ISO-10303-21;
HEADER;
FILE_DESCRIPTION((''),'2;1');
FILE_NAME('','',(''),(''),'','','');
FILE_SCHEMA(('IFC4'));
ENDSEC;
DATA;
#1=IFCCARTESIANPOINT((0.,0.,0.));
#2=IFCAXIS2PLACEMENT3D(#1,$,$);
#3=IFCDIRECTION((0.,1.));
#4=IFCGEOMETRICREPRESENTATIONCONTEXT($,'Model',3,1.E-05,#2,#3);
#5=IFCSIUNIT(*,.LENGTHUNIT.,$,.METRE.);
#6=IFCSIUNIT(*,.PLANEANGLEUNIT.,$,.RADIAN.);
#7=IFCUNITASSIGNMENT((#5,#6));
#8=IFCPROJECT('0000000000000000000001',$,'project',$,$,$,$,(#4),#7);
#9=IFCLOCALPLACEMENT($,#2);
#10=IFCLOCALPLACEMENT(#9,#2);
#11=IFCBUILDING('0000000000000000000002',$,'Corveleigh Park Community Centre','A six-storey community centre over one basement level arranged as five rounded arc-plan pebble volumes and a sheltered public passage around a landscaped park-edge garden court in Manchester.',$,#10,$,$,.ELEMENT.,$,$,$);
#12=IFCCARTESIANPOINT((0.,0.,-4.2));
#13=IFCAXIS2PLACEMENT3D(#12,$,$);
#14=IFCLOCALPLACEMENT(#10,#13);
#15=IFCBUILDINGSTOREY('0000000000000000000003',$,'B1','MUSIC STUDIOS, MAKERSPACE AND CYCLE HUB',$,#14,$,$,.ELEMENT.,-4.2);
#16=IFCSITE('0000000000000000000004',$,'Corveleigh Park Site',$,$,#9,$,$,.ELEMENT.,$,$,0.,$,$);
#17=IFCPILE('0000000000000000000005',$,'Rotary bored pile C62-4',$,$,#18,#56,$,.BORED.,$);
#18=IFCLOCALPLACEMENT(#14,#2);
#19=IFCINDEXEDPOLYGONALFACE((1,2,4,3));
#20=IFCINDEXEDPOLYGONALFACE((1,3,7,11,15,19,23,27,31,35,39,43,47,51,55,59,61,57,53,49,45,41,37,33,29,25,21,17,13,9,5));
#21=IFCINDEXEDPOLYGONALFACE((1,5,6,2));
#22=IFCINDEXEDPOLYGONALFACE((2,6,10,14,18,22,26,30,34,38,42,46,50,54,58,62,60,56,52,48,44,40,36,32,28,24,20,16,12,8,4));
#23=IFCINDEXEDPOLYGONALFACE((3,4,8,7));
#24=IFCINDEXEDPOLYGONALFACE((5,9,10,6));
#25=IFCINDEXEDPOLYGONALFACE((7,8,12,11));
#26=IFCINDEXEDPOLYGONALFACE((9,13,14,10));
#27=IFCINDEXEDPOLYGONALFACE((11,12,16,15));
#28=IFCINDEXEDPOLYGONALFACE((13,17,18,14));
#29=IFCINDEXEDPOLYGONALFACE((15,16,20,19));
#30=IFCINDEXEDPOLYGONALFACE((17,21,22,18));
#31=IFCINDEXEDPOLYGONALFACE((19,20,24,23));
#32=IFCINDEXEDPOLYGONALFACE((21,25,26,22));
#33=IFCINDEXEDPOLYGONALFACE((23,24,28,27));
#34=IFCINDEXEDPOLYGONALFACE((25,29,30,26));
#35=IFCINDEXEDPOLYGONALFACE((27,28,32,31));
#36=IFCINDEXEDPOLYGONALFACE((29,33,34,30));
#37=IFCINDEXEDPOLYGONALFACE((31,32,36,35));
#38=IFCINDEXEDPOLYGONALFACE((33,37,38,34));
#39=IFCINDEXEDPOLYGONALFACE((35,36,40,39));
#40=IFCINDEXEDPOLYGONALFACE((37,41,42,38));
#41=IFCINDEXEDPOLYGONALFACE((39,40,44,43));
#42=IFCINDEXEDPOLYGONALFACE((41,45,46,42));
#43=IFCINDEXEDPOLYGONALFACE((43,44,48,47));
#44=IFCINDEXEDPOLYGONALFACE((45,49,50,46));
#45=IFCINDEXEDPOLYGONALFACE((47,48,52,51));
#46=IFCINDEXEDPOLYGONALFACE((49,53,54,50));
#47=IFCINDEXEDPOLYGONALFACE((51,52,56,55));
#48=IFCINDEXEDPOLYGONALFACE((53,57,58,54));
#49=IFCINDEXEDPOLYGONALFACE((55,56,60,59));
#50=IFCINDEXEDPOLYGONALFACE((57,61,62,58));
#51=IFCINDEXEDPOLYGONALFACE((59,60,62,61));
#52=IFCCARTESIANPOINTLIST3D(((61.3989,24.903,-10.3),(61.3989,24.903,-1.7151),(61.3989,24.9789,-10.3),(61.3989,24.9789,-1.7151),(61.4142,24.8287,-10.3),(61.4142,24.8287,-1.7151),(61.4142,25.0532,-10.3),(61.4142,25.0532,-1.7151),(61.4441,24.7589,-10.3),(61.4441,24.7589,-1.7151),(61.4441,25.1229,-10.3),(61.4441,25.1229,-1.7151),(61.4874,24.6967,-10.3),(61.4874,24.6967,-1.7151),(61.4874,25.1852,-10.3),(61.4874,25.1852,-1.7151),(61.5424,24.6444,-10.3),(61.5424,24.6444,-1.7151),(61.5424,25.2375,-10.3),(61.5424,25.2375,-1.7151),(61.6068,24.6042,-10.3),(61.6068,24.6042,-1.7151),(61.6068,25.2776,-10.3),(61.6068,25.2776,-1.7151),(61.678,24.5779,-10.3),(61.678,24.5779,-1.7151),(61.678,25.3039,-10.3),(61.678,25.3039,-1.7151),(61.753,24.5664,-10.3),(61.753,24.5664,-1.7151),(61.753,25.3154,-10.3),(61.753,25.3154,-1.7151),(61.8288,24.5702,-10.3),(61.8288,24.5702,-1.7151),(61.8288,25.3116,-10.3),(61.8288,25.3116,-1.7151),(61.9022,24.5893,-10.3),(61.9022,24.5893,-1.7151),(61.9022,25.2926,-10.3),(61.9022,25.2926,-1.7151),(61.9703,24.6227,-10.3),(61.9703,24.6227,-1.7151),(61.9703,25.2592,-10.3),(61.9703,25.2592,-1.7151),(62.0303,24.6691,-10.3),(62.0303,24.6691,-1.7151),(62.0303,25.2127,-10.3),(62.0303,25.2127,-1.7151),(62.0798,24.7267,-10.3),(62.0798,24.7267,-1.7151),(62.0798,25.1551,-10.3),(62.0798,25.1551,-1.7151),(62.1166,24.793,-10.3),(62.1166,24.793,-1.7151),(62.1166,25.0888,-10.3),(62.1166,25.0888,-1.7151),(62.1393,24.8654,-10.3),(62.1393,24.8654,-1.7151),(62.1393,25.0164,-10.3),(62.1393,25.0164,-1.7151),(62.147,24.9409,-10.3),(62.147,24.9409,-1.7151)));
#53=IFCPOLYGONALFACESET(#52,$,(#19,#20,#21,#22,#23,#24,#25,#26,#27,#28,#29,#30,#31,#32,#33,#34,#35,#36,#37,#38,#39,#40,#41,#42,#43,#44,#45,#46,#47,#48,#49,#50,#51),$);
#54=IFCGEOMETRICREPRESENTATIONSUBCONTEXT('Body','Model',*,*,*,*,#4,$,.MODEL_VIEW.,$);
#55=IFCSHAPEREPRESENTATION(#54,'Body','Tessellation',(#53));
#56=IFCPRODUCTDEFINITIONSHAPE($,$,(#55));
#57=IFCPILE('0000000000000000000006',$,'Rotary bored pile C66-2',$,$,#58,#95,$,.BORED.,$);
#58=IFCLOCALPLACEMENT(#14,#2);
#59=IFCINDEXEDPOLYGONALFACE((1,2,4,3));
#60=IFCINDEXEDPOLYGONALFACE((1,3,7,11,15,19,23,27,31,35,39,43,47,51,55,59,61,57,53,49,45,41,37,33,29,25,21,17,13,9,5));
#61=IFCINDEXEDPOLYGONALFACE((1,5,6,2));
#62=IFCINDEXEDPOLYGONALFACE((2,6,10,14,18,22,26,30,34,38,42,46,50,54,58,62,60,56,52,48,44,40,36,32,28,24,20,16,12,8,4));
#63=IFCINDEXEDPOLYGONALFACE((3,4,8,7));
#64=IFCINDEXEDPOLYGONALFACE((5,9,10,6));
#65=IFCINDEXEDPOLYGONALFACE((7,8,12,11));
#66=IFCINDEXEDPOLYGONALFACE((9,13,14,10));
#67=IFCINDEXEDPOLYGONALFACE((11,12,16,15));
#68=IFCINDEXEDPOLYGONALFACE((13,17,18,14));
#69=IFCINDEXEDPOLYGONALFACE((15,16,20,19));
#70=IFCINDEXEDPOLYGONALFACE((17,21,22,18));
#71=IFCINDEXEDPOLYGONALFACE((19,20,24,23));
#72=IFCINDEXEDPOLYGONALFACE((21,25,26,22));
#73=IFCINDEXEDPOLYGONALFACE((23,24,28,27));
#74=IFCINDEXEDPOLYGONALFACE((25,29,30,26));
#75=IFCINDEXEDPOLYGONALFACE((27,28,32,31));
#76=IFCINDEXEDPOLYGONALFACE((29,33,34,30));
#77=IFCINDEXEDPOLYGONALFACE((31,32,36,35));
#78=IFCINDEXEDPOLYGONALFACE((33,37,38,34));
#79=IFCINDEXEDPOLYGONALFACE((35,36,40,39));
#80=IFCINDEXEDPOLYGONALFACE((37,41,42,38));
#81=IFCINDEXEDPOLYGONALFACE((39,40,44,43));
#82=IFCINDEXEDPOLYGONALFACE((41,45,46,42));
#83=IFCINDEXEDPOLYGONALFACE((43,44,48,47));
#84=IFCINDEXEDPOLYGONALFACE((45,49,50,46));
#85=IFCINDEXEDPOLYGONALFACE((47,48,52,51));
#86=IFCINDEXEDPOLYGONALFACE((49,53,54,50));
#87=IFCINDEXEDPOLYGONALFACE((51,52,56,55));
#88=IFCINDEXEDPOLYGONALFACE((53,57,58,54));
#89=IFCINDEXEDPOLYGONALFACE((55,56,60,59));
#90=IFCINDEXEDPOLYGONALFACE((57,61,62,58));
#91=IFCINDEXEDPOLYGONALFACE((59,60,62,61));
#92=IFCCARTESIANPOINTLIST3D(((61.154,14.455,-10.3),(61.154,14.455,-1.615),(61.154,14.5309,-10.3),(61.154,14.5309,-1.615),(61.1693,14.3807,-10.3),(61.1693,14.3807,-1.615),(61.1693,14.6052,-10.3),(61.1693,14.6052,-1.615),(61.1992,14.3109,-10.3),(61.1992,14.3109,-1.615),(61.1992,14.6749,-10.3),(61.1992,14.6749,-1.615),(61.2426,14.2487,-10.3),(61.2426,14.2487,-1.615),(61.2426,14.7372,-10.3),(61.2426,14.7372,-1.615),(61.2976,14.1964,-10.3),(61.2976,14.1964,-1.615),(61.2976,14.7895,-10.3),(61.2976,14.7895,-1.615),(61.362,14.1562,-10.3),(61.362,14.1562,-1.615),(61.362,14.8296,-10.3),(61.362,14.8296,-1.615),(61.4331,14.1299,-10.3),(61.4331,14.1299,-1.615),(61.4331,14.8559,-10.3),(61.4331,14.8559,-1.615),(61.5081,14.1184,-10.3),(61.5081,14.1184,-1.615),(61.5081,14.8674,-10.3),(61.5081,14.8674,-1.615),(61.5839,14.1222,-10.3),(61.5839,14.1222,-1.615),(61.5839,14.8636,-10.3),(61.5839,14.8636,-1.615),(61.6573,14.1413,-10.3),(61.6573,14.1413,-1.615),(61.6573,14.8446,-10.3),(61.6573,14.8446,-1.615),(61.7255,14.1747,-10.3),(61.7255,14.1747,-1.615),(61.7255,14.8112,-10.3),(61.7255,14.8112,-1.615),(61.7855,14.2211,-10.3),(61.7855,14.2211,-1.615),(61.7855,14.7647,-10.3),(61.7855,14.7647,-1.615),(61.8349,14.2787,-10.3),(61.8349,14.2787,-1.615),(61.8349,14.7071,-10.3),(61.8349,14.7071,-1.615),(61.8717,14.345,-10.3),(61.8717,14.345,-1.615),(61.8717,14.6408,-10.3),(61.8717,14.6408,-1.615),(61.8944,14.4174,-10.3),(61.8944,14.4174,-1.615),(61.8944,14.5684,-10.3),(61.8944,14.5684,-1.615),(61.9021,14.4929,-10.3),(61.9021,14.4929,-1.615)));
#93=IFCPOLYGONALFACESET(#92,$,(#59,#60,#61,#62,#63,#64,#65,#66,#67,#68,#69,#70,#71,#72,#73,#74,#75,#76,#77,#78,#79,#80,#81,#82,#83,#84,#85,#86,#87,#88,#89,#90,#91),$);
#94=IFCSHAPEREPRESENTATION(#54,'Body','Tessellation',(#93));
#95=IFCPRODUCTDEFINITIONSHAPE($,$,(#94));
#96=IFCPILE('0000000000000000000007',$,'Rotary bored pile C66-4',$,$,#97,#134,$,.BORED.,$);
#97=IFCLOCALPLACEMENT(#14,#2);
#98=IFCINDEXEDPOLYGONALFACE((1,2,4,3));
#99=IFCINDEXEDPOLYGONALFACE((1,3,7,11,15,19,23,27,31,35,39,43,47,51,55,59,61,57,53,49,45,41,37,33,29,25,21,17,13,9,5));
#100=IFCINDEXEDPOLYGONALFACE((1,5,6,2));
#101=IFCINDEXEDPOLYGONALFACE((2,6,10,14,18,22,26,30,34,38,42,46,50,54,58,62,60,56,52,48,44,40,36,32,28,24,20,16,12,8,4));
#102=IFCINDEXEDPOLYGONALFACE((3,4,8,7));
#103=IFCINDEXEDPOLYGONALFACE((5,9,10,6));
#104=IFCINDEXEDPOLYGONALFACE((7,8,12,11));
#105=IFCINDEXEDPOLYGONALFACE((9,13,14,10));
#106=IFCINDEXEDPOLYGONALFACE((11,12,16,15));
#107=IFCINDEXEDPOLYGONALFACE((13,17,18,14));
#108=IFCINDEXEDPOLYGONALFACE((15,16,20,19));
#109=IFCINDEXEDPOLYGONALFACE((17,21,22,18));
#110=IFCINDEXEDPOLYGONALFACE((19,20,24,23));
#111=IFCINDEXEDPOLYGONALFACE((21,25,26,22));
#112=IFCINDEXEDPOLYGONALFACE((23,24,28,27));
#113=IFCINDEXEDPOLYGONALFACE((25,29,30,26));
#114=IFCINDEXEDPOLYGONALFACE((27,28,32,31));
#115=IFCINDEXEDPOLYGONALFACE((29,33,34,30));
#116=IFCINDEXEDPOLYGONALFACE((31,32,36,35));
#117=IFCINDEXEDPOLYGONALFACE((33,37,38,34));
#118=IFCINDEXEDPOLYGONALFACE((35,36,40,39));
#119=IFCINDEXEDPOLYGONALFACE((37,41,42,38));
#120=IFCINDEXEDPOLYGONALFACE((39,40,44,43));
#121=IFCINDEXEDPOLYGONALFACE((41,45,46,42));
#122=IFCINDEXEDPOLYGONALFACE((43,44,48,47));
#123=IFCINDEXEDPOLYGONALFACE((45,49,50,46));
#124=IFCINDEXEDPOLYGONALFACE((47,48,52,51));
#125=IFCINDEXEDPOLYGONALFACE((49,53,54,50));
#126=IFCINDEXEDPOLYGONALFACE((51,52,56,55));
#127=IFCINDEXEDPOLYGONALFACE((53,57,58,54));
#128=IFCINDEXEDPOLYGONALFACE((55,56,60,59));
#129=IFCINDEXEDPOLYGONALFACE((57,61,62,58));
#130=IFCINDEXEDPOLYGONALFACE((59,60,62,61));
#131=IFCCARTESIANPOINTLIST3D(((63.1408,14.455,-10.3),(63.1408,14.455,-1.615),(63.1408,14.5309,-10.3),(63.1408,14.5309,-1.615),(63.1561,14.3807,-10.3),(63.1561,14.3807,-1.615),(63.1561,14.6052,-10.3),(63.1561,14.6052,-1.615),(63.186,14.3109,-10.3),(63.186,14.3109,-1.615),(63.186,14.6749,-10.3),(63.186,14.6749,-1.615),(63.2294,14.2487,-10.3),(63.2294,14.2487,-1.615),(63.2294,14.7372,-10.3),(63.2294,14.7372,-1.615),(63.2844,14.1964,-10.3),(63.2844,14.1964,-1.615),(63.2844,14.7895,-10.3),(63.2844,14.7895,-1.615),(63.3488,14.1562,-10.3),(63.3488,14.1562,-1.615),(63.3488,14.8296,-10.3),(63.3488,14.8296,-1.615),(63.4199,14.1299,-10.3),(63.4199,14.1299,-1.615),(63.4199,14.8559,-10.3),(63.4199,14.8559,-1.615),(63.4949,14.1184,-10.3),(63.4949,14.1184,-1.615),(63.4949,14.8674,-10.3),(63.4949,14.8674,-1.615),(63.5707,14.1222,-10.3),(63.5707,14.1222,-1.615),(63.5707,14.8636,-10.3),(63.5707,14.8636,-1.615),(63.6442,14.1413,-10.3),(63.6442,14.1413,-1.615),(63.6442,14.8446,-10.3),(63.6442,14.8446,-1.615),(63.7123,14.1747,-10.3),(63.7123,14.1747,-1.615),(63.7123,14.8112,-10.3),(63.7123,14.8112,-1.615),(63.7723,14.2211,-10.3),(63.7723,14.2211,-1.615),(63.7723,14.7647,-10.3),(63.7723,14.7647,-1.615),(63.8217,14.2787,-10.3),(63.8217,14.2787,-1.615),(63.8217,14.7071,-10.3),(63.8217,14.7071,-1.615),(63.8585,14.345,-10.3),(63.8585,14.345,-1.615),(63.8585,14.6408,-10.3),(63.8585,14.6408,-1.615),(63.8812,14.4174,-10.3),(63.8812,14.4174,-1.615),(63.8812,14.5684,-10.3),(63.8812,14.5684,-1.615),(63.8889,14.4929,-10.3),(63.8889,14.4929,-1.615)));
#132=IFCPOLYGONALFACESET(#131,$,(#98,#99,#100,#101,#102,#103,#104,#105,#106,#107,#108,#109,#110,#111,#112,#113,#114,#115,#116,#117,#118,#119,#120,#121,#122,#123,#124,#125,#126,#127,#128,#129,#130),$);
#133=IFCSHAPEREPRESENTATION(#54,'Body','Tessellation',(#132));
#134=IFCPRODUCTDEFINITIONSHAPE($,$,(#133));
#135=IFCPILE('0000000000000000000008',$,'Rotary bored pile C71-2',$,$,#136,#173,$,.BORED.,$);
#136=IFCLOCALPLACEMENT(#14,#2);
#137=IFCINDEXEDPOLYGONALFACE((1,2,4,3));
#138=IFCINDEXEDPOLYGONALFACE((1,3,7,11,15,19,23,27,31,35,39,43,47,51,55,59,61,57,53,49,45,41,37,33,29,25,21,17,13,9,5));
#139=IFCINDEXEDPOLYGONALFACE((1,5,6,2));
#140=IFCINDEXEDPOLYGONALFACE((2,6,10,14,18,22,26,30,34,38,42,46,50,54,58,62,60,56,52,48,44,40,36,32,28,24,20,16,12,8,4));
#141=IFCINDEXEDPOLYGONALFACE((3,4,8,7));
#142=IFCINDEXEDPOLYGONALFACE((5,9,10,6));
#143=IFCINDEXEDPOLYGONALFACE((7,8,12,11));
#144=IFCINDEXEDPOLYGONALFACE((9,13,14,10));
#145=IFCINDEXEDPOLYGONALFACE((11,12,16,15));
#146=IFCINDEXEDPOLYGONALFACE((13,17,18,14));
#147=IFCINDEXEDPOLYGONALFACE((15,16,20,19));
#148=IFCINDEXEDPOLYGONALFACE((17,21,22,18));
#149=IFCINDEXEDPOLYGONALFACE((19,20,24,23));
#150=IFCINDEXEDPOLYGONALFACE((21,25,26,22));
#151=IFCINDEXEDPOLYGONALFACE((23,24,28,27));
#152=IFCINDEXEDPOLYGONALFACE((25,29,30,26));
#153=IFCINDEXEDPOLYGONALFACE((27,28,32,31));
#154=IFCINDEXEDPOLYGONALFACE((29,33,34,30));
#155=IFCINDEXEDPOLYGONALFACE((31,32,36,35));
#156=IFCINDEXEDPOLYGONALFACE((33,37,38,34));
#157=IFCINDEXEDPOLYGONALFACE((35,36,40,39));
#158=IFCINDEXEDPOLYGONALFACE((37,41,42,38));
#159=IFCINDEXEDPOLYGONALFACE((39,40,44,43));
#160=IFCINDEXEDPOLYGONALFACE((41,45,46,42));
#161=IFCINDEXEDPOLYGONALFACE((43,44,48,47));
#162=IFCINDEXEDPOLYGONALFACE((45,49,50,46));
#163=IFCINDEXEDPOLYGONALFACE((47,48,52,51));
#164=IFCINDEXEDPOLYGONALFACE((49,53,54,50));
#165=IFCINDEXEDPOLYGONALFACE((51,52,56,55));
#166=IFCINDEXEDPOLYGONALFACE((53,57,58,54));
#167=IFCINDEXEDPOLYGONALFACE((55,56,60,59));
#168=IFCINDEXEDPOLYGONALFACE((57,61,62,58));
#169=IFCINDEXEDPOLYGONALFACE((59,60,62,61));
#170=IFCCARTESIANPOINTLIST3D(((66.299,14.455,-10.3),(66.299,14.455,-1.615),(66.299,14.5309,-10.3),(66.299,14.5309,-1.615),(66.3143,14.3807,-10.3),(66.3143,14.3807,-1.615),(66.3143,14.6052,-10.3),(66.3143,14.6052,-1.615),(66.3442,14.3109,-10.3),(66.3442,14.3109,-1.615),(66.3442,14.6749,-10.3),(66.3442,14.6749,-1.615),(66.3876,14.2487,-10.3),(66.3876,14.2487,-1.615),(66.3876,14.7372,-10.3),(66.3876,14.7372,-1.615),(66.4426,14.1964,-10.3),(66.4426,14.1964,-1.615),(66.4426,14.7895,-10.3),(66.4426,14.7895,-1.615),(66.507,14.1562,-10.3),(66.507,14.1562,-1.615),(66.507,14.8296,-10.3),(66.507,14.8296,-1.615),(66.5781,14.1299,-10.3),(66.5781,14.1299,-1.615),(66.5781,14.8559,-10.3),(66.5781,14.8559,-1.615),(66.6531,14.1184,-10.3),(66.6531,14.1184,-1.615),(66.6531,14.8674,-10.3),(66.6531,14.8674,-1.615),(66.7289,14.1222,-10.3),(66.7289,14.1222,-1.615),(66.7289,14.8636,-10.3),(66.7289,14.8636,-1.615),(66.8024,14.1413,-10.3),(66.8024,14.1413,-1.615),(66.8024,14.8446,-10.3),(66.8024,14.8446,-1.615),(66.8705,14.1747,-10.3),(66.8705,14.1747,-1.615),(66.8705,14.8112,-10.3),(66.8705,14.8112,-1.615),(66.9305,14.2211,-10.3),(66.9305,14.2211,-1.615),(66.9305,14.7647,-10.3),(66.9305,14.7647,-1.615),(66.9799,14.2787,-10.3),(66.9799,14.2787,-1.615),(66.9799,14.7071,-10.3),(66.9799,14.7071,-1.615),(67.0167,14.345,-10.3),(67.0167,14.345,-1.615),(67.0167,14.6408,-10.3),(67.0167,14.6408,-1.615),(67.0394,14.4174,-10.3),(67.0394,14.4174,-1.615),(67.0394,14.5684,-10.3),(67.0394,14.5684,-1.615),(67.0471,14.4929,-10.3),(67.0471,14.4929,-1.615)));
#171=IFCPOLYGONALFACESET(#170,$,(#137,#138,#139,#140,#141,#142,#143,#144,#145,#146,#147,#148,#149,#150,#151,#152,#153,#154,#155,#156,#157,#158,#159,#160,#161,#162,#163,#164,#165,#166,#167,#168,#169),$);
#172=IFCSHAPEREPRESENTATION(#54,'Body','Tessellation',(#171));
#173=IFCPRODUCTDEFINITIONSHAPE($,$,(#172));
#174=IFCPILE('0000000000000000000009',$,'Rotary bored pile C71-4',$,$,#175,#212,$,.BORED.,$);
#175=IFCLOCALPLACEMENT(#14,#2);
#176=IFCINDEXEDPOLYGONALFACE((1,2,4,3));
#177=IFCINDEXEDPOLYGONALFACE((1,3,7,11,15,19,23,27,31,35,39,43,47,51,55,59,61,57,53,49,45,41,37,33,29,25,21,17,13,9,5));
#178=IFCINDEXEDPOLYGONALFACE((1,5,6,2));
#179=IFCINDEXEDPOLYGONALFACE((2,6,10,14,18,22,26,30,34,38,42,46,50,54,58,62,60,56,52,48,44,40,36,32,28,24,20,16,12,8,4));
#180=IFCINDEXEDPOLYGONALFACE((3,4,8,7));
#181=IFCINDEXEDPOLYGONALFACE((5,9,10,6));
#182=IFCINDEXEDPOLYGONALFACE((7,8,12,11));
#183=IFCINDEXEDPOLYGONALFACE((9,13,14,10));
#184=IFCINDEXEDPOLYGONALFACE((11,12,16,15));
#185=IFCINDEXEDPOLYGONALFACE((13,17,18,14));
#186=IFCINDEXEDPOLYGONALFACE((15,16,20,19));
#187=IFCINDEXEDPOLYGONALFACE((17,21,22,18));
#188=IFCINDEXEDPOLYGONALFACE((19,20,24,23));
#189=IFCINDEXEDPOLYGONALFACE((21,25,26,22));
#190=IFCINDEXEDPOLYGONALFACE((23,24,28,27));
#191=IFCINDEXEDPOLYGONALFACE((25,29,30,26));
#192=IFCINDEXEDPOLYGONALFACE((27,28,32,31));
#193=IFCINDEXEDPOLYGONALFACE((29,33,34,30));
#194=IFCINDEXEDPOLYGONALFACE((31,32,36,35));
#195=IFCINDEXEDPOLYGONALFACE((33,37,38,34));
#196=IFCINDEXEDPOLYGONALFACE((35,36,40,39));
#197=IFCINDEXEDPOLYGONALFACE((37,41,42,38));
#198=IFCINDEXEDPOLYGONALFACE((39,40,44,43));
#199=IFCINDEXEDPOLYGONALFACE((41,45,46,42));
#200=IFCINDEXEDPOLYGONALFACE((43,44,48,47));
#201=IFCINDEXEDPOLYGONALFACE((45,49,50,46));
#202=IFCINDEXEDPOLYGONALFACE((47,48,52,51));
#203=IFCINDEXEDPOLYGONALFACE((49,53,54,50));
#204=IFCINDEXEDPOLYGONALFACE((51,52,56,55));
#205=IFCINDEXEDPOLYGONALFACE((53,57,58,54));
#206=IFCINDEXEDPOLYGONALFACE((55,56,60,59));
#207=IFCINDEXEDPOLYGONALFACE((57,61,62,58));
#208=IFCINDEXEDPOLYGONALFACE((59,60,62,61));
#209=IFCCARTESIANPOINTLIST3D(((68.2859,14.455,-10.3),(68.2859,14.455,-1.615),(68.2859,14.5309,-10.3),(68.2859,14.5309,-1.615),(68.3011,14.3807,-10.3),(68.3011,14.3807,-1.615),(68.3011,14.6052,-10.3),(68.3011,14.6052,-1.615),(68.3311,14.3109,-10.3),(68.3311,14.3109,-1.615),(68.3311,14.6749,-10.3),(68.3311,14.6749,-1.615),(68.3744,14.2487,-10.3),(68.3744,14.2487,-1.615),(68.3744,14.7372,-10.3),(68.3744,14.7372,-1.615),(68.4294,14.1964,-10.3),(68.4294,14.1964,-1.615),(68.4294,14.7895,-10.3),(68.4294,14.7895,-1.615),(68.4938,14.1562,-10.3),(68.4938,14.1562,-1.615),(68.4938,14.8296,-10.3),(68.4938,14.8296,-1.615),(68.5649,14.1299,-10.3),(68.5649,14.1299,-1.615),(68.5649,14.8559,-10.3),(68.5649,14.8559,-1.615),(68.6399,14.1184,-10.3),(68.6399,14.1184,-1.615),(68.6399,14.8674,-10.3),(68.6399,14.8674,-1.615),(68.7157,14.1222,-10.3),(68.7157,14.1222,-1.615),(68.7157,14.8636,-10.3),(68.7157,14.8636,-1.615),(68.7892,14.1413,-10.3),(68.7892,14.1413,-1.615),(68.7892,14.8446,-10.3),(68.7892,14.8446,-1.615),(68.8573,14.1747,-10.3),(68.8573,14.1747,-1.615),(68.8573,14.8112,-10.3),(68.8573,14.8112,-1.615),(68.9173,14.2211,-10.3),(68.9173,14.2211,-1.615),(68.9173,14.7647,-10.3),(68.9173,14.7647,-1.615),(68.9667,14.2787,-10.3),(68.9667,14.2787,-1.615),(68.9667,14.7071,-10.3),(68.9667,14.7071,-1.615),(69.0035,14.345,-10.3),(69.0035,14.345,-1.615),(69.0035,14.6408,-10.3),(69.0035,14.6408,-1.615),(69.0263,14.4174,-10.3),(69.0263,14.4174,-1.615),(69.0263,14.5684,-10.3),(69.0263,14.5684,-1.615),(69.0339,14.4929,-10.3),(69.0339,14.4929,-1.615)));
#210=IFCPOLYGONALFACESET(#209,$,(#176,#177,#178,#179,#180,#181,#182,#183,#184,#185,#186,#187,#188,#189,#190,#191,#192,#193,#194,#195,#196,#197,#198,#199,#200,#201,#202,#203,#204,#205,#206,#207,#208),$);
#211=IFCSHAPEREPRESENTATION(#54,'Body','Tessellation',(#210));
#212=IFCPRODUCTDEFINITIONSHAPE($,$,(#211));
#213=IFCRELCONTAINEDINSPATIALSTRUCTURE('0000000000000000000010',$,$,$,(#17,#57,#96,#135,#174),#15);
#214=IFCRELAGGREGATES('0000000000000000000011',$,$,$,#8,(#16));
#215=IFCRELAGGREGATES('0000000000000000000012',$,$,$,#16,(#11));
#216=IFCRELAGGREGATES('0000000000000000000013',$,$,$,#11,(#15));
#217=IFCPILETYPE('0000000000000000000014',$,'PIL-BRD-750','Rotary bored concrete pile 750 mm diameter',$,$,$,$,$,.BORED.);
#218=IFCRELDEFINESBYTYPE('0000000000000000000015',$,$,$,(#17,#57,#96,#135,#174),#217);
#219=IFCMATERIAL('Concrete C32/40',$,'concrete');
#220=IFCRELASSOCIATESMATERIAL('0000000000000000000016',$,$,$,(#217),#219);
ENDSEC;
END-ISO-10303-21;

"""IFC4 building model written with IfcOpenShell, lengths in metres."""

from ifc_helpers import new_model, si_unit, direction, frame, origin, origin_2d, place, context, subcontext, project, spatial, circle, extrude, material, material_profile, profile_set, type_object, element, save


model = new_model("IFC4")

# Units and contexts
model_context = context("Model", 3, precision=1e-05, world=origin(), true_north=direction((0.0, 1.0)))
body_context = subcontext(model_context, "Body", "Model", "MODEL_VIEW")
ifc_project = project(units=[si_unit("LENGTHUNIT", "METRE"), si_unit("PLANEANGLEUNIT", "RADIAN")], contexts=[model_context])

# Site, building, storey
site_placement = place(None, origin())
site = spatial("IfcSite", under=ifc_project, at=site_placement, Name="Corveleigh Park Site", CompositionType="ELEMENT", RefElevation=0.0)
building_placement = place(site_placement, origin())
building = spatial("IfcBuilding", under=site, at=building_placement, Name="Corveleigh Park Community Centre", Description="A six-storey community centre over one basement level arranged as five rounded arc-plan pebble volumes and a sheltered public passage around a landscaped park-edge garden court in Manchester.", CompositionType="ELEMENT")
storey_placement = place(building_placement, frame((0.0, 0.0, -4.2)))
storey = spatial("IfcBuildingStorey", under=building, at=storey_placement, Name="B1", Description="MUSIC STUDIOS, MAKERSPACE AND CYCLE HUB", CompositionType="ELEMENT", Elevation=-4.2)

# Piles
ifc_material_1 = material(Name="Concrete C32/40", Category="concrete")
ifc_material_profile_1 = material_profile(ifc_material_1, circle(Radius=0.375, at=origin_2d()), Name="BORED-PILE-750", Category="concrete")
ifc_profile_set_1 = profile_set([ifc_material_profile_1], Name="Concrete C32/40")
pile_type_1 = type_object("IfcPileType", Name="PIL-BRD-750", Description="Rotary bored concrete pile 750 mm diameter", PredefinedType="BORED", material=ifc_profile_set_1)
for number, where, z_axis, x_axis, name in (
    (1, (61.772, 24.9409, -1.7151), (0.0, 0.0, -1.0), (1.0, 0.0, 0.0), "Rotary bored pile C62-4"),
):
    element("IfcPile", number, at=place(storey_placement, frame(where, z_axis=z_axis, x_axis=x_axis)), inside=storey, type_object=pile_type_1, Name=name, PredefinedType="BORED", context=body_context, shape_type="SweptSolid", body=[
        extrude(circle(Radius=0.375, at=origin_2d()), origin(), (0.0, 0.0, 1.0), 8.585),
    ])
for number, where, z_axis, x_axis, name in (
    (2, (61.5271, 14.4929, -1.615), (0.0, 0.0, -1.0), (1.0, 0.0, 0.0), "Rotary bored pile C66-2"),
    (3, (63.5139, 14.4929, -1.615), (0.0, 0.0, -1.0), (1.0, 0.0, 0.0), "Rotary bored pile C66-4"),
    (4, (66.6721, 14.4929, -1.615), (0.0, 0.0, -1.0), (1.0, 0.0, 0.0), "Rotary bored pile C71-2"),
    (5, (68.6589, 14.4929, -1.615), (0.0, 0.0, -1.0), (1.0, 0.0, 0.0), "Rotary bored pile C71-4"),
):
    element("IfcPile", number, at=place(storey_placement, frame(where, z_axis=z_axis, x_axis=x_axis)), inside=storey, type_object=pile_type_1, Name=name, PredefinedType="BORED", context=body_context, shape_type="SweptSolid", body=[
        extrude(circle(Radius=0.375, at=origin_2d()), origin(), (0.0, 0.0, 1.0), 8.6851),
    ])

save(model, "model.ifc")
